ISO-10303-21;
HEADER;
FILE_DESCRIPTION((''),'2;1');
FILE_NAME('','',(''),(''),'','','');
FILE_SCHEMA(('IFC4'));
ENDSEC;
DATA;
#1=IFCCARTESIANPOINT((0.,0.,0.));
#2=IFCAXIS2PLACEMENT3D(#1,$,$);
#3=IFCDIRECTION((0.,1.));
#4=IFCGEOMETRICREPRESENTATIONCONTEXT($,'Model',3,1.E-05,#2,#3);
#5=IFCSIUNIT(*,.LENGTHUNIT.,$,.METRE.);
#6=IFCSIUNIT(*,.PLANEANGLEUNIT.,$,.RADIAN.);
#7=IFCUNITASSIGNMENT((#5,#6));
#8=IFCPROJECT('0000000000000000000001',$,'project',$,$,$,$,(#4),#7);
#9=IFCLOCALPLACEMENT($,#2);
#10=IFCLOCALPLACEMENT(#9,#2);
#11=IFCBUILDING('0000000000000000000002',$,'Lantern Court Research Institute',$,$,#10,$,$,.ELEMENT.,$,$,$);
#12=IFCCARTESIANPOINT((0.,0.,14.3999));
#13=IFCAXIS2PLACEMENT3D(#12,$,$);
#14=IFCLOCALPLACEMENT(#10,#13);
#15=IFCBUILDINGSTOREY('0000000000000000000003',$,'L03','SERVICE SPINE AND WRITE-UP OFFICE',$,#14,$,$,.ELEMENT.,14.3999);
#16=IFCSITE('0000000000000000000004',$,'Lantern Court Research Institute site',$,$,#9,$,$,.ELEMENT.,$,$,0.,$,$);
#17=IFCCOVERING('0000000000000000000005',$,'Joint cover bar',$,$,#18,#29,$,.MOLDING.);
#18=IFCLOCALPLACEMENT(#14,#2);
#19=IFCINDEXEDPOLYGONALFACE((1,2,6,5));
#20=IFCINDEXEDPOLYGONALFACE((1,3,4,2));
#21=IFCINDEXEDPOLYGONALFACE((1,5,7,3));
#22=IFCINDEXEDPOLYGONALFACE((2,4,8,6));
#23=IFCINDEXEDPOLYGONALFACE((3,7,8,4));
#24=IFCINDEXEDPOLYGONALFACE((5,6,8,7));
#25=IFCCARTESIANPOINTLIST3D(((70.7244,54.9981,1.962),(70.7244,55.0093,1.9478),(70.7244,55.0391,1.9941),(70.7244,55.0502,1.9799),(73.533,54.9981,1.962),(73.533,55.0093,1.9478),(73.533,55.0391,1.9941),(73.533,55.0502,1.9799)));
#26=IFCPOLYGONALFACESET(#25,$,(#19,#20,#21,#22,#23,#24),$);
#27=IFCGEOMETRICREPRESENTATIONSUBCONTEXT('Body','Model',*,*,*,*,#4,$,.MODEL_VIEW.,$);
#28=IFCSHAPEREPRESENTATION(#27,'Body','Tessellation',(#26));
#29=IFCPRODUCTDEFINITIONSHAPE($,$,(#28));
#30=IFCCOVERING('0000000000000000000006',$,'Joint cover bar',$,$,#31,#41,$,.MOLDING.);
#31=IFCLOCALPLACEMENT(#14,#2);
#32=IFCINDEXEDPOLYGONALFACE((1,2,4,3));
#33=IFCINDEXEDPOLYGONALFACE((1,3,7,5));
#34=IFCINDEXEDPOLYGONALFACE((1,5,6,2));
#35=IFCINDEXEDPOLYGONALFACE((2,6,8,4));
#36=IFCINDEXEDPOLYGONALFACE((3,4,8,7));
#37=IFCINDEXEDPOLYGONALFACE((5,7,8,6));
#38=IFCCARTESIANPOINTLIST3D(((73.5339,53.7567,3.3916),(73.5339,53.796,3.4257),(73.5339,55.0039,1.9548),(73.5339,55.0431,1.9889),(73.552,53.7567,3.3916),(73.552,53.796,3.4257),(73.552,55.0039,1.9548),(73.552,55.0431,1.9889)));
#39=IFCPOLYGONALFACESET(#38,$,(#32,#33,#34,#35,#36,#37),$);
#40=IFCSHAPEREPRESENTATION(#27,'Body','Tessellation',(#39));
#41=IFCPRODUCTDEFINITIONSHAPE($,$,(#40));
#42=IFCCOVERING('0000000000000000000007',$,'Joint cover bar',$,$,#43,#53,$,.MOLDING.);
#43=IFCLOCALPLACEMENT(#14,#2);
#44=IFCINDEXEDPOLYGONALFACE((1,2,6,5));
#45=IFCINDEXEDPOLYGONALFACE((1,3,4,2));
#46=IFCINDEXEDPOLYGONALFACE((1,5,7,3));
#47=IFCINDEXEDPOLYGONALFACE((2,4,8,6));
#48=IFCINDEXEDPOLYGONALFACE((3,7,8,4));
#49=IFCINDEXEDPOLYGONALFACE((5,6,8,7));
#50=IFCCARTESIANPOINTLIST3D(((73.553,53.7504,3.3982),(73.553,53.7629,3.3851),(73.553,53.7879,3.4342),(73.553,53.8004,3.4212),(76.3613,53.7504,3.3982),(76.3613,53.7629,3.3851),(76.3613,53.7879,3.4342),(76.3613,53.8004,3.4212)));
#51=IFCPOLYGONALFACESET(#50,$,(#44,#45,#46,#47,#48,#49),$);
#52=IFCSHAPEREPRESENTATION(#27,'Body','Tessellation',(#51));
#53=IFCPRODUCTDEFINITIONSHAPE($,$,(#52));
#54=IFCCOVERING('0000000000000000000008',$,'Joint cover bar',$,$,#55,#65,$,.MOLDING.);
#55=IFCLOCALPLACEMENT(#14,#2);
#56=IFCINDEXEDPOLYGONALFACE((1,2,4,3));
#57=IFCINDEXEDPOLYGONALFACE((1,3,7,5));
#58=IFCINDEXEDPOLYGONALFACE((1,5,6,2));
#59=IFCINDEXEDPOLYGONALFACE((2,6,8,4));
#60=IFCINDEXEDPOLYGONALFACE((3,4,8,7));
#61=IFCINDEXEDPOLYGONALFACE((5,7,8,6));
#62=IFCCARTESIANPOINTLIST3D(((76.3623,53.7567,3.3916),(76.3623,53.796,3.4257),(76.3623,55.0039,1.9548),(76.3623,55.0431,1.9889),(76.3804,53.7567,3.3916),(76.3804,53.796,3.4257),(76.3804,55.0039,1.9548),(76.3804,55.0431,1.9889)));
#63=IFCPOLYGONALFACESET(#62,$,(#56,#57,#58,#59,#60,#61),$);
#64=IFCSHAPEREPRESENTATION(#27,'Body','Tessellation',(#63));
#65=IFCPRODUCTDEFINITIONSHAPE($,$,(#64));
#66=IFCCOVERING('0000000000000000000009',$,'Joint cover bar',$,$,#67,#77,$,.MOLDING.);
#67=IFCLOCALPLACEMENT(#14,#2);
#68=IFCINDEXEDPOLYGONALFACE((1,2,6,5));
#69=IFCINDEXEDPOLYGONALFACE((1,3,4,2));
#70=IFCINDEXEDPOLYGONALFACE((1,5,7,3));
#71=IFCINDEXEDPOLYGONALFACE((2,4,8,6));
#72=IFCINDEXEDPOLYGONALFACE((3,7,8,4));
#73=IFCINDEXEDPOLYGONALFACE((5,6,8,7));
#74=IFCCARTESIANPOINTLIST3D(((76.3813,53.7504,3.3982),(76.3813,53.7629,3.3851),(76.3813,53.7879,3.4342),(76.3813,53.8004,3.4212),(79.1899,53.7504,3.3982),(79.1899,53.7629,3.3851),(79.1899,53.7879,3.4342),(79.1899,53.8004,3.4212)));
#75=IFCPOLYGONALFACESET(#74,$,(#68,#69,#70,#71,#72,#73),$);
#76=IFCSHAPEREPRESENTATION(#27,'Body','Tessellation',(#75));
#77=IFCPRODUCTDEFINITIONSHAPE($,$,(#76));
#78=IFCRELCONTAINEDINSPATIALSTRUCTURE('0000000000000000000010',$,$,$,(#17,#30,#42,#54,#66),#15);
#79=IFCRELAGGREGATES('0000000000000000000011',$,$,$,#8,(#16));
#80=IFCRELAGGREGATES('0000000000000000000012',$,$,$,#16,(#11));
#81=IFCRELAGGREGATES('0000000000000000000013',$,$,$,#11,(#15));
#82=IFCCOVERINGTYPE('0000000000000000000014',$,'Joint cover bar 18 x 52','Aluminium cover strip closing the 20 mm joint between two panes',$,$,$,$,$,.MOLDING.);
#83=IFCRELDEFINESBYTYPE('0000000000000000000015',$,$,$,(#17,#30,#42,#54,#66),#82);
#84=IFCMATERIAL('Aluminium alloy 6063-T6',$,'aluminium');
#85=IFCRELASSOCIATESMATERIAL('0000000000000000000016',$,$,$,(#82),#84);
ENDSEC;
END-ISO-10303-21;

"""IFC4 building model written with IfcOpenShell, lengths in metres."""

from ifc_helpers import new_model, si_unit, direction, frame, origin, origin_2d, place, context, subcontext, project, spatial, rectangle, extrude, material, material_profile, profile_set, type_object, element, save


model = new_model("IFC4")

# Units and contexts
model_context = context("Model", 3, precision=1e-05, world=origin(), true_north=direction((0.0, 1.0)))
body_context = subcontext(model_context, "Body", "Model", "MODEL_VIEW")
ifc_project = project(units=[si_unit("LENGTHUNIT", "METRE"), si_unit("PLANEANGLEUNIT", "RADIAN")], contexts=[model_context])

# Site, building, storey
site_placement = place(None, origin())
site = spatial("IfcSite", under=ifc_project, at=site_placement, Name="Lantern Court Research Institute site", CompositionType="ELEMENT", RefElevation=0.0)
building_placement = place(site_placement, origin())
building = spatial("IfcBuilding", under=site, at=building_placement, Name="Lantern Court Research Institute", CompositionType="ELEMENT")
storey_placement = place(building_placement, frame((0.0, 0.0, 14.3999)))
storey = spatial("IfcBuildingStorey", under=building, at=storey_placement, Name="L03", Description="SERVICE SPINE AND WRITE-UP OFFICE", CompositionType="ELEMENT", Elevation=14.3999)

# Coverings
ifc_material_1 = material(Name="Aluminium alloy 6063-T6", Category="aluminium")
ifc_material_profile_1 = material_profile(ifc_material_1, rectangle(XDim=0.0181, YDim=0.052, at=origin_2d()), Name="Joint cover bar 18 x 52")
ifc_profile_set_1 = profile_set([ifc_material_profile_1], Name="Aluminium alloy 6063-T6")
covering_type = type_object("IfcCoveringType", Name="Joint cover bar 18 x 52", Description="Aluminium cover strip closing the 20 mm joint between two panes", PredefinedType="MOLDING", material=ifc_profile_set_1)
for number, where, z_axis, x_axis, name in (
    (1, (70.7244, 55.0242, 1.9709), (1.0, 0.0, 0.0), (0.0, 0.616657, -0.787232), "Joint cover bar"),
):
    element("IfcCovering", number, at=place(storey_placement, frame(where, z_axis=z_axis, x_axis=x_axis)), inside=storey, type_object=covering_type, Name=name, PredefinedType="MOLDING", context=body_context, shape_type="SweptSolid", body=[
        extrude(rectangle(XDim=0.0181, YDim=0.052, at=origin_2d()), origin(), (0.0, 0.0, 1.0), 2.8086),
    ])
covering_1_placement = place(storey_placement, frame((73.543, 53.7764, 3.4087), z_axis=(0.0, 0.655492, -0.755202), x_axis=(-1.0, 0.0, 0.0)))
element("IfcCovering", 2, at=covering_1_placement, inside=storey, type_object=covering_type, Name="Joint cover bar", PredefinedType="MOLDING", context=body_context, shape_type="SweptSolid", body=[
    extrude(rectangle(XDim=0.0181, YDim=0.052, at=origin_2d()), origin(), (0.0, 0.0, 1.0), 1.9026),
])
covering_2_placement = place(storey_placement, frame((73.553, 53.7754, 3.4097), z_axis=(1.0, 0.0, 0.0), x_axis=(0.0, 0.692674, -0.721251)))
element("IfcCovering", 3, at=covering_2_placement, inside=storey, type_object=covering_type, Name="Joint cover bar", PredefinedType="MOLDING", context=body_context, shape_type="SweptSolid", body=[
    extrude(rectangle(XDim=0.0181, YDim=0.052, at=origin_2d()), origin(), (0.0, 0.0, 1.0), 2.8083),
])
covering_3_placement = place(storey_placement, frame((76.3713, 53.7764, 3.4087), z_axis=(0.0, 0.655492, -0.755202), x_axis=(-1.0, 0.0, 0.0)))
element("IfcCovering", 4, at=covering_3_placement, inside=storey, type_object=covering_type, Name="Joint cover bar", PredefinedType="MOLDING", context=body_context, shape_type="SweptSolid", body=[
    extrude(rectangle(XDim=0.0181, YDim=0.052, at=origin_2d()), origin(), (0.0, 0.0, 1.0), 1.9026),
])
covering_4_placement = place(storey_placement, frame((76.3813, 53.7754, 3.4097), z_axis=(1.0, 0.0, 0.0), x_axis=(0.0, 0.692674, -0.721251)))
element("IfcCovering", 5, at=covering_4_placement, inside=storey, type_object=covering_type, Name="Joint cover bar", PredefinedType="MOLDING", context=body_context, shape_type="SweptSolid", body=[
    extrude(rectangle(XDim=0.0181, YDim=0.052, at=origin_2d()), origin(), (0.0, 0.0, 1.0), 2.8086),
])

save(model, "model.ifc")
